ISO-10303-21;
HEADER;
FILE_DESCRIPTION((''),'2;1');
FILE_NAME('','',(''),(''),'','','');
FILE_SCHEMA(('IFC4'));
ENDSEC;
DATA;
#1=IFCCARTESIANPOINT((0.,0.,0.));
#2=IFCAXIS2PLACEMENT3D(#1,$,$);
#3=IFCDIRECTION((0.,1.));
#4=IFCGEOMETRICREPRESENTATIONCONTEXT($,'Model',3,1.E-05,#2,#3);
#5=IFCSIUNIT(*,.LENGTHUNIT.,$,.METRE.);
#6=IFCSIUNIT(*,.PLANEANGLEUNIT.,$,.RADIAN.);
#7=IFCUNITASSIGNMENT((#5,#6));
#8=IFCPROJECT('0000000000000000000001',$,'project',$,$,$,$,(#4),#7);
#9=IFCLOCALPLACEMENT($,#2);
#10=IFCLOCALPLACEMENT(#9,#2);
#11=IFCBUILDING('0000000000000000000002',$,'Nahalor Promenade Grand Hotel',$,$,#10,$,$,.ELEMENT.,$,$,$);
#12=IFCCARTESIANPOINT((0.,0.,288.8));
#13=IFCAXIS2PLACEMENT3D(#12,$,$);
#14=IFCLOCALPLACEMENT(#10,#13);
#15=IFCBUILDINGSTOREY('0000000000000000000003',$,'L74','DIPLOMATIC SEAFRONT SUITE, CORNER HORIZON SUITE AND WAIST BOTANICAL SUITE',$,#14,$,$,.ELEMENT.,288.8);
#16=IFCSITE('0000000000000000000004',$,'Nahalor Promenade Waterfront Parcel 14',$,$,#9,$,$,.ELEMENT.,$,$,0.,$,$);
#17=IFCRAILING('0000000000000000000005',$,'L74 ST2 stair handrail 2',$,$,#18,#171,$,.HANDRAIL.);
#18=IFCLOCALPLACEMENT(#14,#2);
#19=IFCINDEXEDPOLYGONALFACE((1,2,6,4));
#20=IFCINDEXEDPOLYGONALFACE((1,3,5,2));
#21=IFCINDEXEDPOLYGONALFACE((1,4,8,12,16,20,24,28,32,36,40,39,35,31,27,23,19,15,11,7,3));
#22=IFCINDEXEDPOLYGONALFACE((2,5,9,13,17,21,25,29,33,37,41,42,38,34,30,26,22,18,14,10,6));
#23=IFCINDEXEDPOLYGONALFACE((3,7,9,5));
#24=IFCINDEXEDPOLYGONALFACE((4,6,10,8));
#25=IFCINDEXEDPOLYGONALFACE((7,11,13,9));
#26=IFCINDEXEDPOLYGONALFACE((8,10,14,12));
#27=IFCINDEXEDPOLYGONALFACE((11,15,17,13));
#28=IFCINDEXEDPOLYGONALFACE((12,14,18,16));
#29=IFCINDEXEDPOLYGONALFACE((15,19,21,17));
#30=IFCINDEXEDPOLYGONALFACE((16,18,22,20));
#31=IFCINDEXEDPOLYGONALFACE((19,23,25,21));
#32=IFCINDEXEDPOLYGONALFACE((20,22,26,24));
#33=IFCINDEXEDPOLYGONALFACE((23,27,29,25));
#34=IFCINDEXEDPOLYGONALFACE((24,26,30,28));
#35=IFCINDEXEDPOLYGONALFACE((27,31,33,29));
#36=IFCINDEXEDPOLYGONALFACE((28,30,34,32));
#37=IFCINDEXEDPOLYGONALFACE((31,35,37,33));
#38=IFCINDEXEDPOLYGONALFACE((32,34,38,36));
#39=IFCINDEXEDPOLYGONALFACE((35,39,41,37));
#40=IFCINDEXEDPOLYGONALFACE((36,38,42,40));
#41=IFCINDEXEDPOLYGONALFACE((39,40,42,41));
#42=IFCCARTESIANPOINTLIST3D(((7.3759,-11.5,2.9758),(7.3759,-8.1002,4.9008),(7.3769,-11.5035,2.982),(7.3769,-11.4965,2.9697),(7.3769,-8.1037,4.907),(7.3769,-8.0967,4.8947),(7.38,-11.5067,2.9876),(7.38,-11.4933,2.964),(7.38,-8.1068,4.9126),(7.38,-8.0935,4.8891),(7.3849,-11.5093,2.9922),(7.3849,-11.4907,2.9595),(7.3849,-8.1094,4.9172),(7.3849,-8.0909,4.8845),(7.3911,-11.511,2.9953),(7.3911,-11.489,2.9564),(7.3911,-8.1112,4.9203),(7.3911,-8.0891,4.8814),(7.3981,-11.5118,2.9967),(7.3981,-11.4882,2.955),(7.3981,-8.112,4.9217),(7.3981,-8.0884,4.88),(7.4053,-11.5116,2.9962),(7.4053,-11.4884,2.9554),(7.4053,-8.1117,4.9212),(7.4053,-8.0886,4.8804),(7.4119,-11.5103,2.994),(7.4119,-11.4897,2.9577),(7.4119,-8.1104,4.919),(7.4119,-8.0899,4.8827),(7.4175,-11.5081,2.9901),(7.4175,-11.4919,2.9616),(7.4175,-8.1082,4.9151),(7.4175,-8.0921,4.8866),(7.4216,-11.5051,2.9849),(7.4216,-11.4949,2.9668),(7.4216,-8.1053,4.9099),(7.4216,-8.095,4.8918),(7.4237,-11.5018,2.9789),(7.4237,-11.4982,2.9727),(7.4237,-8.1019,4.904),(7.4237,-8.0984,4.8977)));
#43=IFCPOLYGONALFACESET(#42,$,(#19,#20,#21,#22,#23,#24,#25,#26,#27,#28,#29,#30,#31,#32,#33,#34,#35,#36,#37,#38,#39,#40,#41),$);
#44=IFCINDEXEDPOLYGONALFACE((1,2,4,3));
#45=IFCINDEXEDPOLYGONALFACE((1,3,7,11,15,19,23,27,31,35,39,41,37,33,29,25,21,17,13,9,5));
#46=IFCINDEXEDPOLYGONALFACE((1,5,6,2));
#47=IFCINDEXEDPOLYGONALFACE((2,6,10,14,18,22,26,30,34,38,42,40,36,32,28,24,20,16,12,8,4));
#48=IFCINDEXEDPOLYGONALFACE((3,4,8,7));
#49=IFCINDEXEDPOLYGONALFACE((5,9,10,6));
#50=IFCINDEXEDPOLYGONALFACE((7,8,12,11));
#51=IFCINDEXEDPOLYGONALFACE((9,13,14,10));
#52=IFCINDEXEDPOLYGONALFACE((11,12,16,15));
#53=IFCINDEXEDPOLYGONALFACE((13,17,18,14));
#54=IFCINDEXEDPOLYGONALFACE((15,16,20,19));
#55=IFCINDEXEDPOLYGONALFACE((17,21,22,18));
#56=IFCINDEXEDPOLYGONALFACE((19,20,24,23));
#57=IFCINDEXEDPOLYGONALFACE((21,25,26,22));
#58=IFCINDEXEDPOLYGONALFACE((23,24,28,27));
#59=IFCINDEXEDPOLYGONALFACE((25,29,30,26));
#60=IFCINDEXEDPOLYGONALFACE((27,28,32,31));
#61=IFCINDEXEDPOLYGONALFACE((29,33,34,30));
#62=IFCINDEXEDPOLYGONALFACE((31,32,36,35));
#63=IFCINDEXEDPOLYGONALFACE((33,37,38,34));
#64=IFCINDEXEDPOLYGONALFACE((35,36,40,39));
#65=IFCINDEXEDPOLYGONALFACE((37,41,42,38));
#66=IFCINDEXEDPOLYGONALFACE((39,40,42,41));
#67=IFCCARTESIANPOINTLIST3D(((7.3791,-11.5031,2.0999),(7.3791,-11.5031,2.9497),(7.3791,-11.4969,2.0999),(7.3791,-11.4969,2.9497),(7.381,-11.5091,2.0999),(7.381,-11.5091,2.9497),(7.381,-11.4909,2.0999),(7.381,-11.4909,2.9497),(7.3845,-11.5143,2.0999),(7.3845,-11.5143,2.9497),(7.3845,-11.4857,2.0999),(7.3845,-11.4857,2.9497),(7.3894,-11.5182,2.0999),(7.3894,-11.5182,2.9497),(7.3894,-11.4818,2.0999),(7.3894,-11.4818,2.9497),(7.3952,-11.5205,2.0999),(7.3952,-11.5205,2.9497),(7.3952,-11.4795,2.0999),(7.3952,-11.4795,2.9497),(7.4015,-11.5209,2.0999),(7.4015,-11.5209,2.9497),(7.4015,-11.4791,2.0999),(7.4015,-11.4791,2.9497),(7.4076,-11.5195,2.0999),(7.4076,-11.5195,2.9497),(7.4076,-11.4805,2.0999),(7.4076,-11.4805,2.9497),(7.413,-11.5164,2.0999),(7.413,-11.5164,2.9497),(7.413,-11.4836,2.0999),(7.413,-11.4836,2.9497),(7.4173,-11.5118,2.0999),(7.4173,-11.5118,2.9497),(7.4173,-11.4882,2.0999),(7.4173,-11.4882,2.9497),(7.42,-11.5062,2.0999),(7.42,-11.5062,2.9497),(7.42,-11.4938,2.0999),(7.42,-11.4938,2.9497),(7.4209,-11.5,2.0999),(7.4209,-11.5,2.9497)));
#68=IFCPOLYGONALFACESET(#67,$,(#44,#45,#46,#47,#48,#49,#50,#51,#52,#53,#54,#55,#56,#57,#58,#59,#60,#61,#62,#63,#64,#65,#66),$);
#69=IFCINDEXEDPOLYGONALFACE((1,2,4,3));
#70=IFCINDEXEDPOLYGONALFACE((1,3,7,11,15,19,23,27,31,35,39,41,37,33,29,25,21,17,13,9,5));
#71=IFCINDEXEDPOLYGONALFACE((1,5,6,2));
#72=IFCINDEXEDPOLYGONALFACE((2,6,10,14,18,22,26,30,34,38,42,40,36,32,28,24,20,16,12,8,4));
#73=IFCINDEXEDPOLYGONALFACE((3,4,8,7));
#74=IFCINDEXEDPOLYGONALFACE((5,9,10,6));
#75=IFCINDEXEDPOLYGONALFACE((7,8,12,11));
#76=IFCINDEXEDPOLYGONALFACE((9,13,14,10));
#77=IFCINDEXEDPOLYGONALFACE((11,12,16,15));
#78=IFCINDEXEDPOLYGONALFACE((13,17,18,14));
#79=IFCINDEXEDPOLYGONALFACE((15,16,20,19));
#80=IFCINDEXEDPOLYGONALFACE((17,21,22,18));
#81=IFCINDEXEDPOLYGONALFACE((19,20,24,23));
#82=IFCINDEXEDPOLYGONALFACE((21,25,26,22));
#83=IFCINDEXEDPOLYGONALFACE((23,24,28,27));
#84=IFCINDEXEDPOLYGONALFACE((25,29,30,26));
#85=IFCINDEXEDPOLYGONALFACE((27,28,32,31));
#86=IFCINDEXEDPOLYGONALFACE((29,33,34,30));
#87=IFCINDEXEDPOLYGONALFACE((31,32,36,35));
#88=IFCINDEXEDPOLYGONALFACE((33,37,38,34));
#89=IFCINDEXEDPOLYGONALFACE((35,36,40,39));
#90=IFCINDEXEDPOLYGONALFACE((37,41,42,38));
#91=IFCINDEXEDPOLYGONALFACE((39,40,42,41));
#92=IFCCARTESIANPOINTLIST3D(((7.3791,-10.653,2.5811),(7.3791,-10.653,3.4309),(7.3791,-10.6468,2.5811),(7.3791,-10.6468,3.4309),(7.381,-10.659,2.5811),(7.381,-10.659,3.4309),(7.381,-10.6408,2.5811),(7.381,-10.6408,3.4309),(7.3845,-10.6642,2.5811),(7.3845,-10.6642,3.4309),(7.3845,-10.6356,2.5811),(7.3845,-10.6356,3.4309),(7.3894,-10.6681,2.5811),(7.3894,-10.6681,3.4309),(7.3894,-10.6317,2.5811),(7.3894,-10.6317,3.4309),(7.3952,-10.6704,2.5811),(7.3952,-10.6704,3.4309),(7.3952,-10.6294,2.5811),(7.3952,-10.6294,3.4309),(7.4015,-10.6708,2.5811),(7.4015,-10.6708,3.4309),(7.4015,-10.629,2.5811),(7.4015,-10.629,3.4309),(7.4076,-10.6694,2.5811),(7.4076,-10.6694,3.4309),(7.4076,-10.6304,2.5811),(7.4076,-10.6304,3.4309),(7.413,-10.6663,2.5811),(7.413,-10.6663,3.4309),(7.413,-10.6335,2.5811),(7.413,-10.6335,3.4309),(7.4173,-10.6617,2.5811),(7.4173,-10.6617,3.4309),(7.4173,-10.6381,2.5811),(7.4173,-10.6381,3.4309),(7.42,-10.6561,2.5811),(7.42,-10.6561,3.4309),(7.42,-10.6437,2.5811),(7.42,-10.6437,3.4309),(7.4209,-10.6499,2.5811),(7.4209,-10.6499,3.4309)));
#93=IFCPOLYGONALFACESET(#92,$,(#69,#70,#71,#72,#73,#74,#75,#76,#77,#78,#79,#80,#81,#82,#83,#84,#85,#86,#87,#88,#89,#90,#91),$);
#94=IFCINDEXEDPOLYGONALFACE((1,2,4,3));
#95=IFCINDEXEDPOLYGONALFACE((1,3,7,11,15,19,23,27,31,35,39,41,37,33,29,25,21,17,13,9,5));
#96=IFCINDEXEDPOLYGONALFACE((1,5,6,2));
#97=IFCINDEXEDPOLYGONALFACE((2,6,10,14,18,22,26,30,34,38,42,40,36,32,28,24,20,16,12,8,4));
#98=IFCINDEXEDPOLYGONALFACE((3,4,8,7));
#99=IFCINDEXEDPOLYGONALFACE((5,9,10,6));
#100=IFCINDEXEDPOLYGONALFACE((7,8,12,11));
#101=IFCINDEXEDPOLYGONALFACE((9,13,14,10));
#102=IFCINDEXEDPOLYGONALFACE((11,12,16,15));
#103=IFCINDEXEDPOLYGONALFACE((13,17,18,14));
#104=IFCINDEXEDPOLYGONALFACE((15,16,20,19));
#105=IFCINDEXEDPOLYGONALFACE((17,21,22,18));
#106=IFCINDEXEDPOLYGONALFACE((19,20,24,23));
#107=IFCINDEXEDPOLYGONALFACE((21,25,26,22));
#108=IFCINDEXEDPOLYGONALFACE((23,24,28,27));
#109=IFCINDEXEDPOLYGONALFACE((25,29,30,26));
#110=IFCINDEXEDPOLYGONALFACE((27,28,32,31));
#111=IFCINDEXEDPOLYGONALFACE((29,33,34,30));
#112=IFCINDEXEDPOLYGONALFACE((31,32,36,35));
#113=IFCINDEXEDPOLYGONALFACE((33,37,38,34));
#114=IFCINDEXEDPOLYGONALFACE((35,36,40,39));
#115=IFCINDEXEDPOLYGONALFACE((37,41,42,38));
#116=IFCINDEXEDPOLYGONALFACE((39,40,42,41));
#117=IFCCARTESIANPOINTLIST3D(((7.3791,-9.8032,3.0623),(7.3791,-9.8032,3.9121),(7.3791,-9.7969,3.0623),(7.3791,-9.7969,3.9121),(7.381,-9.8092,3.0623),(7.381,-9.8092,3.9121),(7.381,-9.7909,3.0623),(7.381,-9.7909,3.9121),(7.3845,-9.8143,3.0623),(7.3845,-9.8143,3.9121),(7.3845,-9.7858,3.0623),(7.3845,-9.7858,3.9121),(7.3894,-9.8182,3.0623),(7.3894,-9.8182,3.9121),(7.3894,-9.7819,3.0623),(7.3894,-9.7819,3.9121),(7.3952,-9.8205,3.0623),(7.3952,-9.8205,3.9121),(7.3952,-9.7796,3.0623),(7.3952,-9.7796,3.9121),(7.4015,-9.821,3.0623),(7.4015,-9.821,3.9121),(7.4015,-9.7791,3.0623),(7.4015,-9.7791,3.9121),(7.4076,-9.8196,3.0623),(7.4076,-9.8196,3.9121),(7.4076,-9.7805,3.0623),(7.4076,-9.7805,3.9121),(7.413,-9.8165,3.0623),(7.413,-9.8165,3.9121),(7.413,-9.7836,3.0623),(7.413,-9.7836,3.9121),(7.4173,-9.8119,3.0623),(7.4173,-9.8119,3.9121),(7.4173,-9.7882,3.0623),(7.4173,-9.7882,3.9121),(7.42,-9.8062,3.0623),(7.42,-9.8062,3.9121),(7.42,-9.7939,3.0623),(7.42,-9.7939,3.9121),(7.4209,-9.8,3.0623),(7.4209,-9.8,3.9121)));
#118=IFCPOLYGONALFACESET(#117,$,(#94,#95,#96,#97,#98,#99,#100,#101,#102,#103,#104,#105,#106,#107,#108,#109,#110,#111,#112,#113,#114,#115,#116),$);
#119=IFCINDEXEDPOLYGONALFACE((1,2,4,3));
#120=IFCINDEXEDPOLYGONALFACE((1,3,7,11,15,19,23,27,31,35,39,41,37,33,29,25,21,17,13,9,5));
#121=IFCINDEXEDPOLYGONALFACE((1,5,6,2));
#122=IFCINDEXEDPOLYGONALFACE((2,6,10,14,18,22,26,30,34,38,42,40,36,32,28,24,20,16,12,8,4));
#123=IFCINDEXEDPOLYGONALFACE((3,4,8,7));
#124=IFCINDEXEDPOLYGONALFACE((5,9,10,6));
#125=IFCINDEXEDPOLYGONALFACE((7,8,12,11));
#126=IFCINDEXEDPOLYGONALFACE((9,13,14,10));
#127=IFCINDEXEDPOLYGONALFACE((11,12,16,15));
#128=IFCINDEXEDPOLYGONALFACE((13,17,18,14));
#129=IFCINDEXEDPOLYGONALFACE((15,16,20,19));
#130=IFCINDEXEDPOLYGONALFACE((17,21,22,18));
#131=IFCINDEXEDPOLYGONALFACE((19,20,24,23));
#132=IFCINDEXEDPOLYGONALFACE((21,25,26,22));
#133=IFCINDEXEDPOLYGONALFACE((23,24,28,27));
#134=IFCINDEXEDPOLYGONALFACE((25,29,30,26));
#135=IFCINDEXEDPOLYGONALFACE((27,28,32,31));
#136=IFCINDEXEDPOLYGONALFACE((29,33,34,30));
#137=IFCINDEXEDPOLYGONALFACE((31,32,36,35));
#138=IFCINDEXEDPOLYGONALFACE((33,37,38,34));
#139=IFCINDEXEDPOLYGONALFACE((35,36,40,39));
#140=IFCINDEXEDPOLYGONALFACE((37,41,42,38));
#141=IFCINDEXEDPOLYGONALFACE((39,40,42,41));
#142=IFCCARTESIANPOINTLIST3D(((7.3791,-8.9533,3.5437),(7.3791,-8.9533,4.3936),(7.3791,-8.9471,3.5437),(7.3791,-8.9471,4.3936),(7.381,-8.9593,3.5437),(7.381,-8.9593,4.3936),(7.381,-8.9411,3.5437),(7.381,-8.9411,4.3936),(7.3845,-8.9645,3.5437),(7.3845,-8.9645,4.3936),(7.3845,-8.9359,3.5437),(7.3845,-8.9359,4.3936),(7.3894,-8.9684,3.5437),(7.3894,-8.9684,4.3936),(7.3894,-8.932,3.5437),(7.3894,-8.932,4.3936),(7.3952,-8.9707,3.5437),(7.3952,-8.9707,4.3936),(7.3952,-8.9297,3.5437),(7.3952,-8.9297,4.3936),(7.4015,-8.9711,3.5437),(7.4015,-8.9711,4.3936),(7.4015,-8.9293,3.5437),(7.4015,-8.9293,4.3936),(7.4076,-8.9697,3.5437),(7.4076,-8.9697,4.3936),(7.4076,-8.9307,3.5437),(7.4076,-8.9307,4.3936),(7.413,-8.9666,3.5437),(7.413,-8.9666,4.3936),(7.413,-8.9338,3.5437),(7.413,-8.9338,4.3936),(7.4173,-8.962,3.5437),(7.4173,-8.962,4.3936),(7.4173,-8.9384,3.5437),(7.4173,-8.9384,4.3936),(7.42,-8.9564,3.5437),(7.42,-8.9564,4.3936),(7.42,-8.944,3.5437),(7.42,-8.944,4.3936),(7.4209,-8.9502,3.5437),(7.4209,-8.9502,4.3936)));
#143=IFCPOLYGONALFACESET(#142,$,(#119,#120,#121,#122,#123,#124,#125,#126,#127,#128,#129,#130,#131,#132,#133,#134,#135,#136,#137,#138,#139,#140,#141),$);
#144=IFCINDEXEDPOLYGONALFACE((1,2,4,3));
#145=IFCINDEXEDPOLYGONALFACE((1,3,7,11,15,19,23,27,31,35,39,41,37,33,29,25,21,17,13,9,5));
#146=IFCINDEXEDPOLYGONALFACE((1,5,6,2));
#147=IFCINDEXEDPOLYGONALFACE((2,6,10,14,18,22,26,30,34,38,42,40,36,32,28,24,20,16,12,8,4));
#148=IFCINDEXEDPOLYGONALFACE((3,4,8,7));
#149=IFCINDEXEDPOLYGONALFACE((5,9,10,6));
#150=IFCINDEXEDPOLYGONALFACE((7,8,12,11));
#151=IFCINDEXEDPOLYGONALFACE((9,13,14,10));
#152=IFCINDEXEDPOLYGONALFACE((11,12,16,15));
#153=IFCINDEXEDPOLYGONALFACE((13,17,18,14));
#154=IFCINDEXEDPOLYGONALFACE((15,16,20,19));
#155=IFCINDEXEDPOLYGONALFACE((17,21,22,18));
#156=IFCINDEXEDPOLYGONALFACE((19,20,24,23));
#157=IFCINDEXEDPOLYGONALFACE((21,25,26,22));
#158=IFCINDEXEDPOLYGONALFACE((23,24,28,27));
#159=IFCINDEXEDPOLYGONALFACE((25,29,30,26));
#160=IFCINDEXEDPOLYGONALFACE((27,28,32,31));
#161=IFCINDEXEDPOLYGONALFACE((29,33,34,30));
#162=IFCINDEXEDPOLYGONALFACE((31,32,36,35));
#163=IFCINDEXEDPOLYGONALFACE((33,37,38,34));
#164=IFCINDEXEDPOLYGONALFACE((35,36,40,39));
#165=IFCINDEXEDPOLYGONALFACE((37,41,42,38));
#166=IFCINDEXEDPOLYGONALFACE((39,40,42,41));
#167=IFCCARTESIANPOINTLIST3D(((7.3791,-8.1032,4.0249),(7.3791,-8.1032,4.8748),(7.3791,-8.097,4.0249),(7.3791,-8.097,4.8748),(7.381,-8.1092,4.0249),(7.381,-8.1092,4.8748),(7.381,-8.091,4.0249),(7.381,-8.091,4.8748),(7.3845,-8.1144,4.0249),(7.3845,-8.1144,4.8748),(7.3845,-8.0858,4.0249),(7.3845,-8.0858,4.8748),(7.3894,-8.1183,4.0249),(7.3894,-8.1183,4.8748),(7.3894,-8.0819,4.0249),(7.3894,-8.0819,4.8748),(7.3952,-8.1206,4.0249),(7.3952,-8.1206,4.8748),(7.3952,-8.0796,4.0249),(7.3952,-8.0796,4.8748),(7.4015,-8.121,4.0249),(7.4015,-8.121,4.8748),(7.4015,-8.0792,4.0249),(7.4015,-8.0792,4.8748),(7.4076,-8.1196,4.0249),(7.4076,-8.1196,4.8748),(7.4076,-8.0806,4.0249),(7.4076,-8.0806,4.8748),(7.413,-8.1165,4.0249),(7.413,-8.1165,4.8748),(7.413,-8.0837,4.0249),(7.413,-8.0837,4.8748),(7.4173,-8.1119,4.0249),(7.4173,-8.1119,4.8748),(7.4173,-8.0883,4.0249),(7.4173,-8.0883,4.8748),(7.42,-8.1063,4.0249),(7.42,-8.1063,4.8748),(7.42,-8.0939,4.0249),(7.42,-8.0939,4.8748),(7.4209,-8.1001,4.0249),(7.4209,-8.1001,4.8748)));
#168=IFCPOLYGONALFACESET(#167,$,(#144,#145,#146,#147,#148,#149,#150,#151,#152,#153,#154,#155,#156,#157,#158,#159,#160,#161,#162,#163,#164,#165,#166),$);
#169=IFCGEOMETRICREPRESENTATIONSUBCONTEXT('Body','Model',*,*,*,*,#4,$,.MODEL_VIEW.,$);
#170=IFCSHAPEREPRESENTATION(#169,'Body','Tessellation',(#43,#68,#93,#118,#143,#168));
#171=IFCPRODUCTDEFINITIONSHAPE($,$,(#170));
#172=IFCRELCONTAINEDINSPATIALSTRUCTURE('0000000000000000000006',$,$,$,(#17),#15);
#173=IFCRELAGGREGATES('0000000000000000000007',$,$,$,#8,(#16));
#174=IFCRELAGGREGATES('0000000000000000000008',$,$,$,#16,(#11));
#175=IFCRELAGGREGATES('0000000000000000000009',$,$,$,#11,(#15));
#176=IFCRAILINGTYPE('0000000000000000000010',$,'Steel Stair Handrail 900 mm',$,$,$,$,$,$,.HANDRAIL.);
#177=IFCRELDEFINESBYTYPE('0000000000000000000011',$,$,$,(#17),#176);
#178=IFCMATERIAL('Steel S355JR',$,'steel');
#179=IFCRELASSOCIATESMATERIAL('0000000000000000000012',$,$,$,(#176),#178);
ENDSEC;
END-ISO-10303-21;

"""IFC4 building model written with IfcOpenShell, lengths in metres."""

from ifc_helpers import new_model, si_unit, direction, frame, origin, origin_2d, place, context, subcontext, project, spatial, circle, extrude, material, type_object, element, save


model = new_model("IFC4")

# Units and contexts
model_context = context("Model", 3, precision=1e-05, world=origin(), true_north=direction((0.0, 1.0)))
body_context = subcontext(model_context, "Body", "Model", "MODEL_VIEW")
ifc_project = project(units=[si_unit("LENGTHUNIT", "METRE"), si_unit("PLANEANGLEUNIT", "RADIAN")], contexts=[model_context])

# Site, building, storey
site_placement = place(None, origin())
site = spatial("IfcSite", under=ifc_project, at=site_placement, Name="Nahalor Promenade Waterfront Parcel 14", CompositionType="ELEMENT", RefElevation=0.0)
building_placement = place(site_placement, origin())
building = spatial("IfcBuilding", under=site, at=building_placement, Name="Nahalor Promenade Grand Hotel", CompositionType="ELEMENT")
storey_placement = place(building_placement, frame((0.0, 0.0, 288.8)))
storey = spatial("IfcBuildingStorey", under=building, at=storey_placement, Name="L74", Description="DIPLOMATIC SEAFRONT SUITE, CORNER HORIZON SUITE AND WAIST BOTANICAL SUITE", CompositionType="ELEMENT", Elevation=288.8)

# Shared definitions
ifc_material_1 = material(Name="Steel S355JR", Category="steel")

# Railing
railing_type_1 = type_object("IfcRailingType", Name="Steel Stair Handrail 900 mm", PredefinedType="HANDRAIL", material=ifc_material_1)
railing_1_placement = place(storey_placement, frame((7.3999, -11.5, 2.0999)))
element("IfcRailing", 1, at=railing_1_placement, inside=storey, type_object=railing_type_1, Name="L74 ST2 stair handrail 2", PredefinedType="HANDRAIL", context=body_context, shape_type="SweptSolid", body=[
    extrude(circle(Radius=0.024, at=origin_2d()), frame((0.0, 0.0, 0.876), z_axis=(0.0, 0.870194, 0.49271), x_axis=(-1.0, 0.0, 0.0)), (0.0, 0.0, 1.0), 3.907),
    extrude(circle(Radius=0.021, at=origin_2d()), origin(), (0.0, 0.0, 1.0), 0.8499),
    extrude(circle(Radius=0.021, at=origin_2d()), frame((0.0, 0.8501, 0.4812)), (0.0, 0.0, 1.0), 0.8499),
    extrude(circle(Radius=0.021, at=origin_2d()), frame((0.0, 1.7, 0.9624)), (0.0, 0.0, 1.0), 0.8499),
    extrude(circle(Radius=0.021, at=origin_2d()), frame((0.0, 2.5498, 1.4438)), (0.0, 0.0, 1.0), 0.8499),
    extrude(circle(Radius=0.021, at=origin_2d()), frame((0.0, 3.3999, 1.925)), (0.0, 0.0, 1.0), 0.8499),
])

save(model, "model.ifc")
